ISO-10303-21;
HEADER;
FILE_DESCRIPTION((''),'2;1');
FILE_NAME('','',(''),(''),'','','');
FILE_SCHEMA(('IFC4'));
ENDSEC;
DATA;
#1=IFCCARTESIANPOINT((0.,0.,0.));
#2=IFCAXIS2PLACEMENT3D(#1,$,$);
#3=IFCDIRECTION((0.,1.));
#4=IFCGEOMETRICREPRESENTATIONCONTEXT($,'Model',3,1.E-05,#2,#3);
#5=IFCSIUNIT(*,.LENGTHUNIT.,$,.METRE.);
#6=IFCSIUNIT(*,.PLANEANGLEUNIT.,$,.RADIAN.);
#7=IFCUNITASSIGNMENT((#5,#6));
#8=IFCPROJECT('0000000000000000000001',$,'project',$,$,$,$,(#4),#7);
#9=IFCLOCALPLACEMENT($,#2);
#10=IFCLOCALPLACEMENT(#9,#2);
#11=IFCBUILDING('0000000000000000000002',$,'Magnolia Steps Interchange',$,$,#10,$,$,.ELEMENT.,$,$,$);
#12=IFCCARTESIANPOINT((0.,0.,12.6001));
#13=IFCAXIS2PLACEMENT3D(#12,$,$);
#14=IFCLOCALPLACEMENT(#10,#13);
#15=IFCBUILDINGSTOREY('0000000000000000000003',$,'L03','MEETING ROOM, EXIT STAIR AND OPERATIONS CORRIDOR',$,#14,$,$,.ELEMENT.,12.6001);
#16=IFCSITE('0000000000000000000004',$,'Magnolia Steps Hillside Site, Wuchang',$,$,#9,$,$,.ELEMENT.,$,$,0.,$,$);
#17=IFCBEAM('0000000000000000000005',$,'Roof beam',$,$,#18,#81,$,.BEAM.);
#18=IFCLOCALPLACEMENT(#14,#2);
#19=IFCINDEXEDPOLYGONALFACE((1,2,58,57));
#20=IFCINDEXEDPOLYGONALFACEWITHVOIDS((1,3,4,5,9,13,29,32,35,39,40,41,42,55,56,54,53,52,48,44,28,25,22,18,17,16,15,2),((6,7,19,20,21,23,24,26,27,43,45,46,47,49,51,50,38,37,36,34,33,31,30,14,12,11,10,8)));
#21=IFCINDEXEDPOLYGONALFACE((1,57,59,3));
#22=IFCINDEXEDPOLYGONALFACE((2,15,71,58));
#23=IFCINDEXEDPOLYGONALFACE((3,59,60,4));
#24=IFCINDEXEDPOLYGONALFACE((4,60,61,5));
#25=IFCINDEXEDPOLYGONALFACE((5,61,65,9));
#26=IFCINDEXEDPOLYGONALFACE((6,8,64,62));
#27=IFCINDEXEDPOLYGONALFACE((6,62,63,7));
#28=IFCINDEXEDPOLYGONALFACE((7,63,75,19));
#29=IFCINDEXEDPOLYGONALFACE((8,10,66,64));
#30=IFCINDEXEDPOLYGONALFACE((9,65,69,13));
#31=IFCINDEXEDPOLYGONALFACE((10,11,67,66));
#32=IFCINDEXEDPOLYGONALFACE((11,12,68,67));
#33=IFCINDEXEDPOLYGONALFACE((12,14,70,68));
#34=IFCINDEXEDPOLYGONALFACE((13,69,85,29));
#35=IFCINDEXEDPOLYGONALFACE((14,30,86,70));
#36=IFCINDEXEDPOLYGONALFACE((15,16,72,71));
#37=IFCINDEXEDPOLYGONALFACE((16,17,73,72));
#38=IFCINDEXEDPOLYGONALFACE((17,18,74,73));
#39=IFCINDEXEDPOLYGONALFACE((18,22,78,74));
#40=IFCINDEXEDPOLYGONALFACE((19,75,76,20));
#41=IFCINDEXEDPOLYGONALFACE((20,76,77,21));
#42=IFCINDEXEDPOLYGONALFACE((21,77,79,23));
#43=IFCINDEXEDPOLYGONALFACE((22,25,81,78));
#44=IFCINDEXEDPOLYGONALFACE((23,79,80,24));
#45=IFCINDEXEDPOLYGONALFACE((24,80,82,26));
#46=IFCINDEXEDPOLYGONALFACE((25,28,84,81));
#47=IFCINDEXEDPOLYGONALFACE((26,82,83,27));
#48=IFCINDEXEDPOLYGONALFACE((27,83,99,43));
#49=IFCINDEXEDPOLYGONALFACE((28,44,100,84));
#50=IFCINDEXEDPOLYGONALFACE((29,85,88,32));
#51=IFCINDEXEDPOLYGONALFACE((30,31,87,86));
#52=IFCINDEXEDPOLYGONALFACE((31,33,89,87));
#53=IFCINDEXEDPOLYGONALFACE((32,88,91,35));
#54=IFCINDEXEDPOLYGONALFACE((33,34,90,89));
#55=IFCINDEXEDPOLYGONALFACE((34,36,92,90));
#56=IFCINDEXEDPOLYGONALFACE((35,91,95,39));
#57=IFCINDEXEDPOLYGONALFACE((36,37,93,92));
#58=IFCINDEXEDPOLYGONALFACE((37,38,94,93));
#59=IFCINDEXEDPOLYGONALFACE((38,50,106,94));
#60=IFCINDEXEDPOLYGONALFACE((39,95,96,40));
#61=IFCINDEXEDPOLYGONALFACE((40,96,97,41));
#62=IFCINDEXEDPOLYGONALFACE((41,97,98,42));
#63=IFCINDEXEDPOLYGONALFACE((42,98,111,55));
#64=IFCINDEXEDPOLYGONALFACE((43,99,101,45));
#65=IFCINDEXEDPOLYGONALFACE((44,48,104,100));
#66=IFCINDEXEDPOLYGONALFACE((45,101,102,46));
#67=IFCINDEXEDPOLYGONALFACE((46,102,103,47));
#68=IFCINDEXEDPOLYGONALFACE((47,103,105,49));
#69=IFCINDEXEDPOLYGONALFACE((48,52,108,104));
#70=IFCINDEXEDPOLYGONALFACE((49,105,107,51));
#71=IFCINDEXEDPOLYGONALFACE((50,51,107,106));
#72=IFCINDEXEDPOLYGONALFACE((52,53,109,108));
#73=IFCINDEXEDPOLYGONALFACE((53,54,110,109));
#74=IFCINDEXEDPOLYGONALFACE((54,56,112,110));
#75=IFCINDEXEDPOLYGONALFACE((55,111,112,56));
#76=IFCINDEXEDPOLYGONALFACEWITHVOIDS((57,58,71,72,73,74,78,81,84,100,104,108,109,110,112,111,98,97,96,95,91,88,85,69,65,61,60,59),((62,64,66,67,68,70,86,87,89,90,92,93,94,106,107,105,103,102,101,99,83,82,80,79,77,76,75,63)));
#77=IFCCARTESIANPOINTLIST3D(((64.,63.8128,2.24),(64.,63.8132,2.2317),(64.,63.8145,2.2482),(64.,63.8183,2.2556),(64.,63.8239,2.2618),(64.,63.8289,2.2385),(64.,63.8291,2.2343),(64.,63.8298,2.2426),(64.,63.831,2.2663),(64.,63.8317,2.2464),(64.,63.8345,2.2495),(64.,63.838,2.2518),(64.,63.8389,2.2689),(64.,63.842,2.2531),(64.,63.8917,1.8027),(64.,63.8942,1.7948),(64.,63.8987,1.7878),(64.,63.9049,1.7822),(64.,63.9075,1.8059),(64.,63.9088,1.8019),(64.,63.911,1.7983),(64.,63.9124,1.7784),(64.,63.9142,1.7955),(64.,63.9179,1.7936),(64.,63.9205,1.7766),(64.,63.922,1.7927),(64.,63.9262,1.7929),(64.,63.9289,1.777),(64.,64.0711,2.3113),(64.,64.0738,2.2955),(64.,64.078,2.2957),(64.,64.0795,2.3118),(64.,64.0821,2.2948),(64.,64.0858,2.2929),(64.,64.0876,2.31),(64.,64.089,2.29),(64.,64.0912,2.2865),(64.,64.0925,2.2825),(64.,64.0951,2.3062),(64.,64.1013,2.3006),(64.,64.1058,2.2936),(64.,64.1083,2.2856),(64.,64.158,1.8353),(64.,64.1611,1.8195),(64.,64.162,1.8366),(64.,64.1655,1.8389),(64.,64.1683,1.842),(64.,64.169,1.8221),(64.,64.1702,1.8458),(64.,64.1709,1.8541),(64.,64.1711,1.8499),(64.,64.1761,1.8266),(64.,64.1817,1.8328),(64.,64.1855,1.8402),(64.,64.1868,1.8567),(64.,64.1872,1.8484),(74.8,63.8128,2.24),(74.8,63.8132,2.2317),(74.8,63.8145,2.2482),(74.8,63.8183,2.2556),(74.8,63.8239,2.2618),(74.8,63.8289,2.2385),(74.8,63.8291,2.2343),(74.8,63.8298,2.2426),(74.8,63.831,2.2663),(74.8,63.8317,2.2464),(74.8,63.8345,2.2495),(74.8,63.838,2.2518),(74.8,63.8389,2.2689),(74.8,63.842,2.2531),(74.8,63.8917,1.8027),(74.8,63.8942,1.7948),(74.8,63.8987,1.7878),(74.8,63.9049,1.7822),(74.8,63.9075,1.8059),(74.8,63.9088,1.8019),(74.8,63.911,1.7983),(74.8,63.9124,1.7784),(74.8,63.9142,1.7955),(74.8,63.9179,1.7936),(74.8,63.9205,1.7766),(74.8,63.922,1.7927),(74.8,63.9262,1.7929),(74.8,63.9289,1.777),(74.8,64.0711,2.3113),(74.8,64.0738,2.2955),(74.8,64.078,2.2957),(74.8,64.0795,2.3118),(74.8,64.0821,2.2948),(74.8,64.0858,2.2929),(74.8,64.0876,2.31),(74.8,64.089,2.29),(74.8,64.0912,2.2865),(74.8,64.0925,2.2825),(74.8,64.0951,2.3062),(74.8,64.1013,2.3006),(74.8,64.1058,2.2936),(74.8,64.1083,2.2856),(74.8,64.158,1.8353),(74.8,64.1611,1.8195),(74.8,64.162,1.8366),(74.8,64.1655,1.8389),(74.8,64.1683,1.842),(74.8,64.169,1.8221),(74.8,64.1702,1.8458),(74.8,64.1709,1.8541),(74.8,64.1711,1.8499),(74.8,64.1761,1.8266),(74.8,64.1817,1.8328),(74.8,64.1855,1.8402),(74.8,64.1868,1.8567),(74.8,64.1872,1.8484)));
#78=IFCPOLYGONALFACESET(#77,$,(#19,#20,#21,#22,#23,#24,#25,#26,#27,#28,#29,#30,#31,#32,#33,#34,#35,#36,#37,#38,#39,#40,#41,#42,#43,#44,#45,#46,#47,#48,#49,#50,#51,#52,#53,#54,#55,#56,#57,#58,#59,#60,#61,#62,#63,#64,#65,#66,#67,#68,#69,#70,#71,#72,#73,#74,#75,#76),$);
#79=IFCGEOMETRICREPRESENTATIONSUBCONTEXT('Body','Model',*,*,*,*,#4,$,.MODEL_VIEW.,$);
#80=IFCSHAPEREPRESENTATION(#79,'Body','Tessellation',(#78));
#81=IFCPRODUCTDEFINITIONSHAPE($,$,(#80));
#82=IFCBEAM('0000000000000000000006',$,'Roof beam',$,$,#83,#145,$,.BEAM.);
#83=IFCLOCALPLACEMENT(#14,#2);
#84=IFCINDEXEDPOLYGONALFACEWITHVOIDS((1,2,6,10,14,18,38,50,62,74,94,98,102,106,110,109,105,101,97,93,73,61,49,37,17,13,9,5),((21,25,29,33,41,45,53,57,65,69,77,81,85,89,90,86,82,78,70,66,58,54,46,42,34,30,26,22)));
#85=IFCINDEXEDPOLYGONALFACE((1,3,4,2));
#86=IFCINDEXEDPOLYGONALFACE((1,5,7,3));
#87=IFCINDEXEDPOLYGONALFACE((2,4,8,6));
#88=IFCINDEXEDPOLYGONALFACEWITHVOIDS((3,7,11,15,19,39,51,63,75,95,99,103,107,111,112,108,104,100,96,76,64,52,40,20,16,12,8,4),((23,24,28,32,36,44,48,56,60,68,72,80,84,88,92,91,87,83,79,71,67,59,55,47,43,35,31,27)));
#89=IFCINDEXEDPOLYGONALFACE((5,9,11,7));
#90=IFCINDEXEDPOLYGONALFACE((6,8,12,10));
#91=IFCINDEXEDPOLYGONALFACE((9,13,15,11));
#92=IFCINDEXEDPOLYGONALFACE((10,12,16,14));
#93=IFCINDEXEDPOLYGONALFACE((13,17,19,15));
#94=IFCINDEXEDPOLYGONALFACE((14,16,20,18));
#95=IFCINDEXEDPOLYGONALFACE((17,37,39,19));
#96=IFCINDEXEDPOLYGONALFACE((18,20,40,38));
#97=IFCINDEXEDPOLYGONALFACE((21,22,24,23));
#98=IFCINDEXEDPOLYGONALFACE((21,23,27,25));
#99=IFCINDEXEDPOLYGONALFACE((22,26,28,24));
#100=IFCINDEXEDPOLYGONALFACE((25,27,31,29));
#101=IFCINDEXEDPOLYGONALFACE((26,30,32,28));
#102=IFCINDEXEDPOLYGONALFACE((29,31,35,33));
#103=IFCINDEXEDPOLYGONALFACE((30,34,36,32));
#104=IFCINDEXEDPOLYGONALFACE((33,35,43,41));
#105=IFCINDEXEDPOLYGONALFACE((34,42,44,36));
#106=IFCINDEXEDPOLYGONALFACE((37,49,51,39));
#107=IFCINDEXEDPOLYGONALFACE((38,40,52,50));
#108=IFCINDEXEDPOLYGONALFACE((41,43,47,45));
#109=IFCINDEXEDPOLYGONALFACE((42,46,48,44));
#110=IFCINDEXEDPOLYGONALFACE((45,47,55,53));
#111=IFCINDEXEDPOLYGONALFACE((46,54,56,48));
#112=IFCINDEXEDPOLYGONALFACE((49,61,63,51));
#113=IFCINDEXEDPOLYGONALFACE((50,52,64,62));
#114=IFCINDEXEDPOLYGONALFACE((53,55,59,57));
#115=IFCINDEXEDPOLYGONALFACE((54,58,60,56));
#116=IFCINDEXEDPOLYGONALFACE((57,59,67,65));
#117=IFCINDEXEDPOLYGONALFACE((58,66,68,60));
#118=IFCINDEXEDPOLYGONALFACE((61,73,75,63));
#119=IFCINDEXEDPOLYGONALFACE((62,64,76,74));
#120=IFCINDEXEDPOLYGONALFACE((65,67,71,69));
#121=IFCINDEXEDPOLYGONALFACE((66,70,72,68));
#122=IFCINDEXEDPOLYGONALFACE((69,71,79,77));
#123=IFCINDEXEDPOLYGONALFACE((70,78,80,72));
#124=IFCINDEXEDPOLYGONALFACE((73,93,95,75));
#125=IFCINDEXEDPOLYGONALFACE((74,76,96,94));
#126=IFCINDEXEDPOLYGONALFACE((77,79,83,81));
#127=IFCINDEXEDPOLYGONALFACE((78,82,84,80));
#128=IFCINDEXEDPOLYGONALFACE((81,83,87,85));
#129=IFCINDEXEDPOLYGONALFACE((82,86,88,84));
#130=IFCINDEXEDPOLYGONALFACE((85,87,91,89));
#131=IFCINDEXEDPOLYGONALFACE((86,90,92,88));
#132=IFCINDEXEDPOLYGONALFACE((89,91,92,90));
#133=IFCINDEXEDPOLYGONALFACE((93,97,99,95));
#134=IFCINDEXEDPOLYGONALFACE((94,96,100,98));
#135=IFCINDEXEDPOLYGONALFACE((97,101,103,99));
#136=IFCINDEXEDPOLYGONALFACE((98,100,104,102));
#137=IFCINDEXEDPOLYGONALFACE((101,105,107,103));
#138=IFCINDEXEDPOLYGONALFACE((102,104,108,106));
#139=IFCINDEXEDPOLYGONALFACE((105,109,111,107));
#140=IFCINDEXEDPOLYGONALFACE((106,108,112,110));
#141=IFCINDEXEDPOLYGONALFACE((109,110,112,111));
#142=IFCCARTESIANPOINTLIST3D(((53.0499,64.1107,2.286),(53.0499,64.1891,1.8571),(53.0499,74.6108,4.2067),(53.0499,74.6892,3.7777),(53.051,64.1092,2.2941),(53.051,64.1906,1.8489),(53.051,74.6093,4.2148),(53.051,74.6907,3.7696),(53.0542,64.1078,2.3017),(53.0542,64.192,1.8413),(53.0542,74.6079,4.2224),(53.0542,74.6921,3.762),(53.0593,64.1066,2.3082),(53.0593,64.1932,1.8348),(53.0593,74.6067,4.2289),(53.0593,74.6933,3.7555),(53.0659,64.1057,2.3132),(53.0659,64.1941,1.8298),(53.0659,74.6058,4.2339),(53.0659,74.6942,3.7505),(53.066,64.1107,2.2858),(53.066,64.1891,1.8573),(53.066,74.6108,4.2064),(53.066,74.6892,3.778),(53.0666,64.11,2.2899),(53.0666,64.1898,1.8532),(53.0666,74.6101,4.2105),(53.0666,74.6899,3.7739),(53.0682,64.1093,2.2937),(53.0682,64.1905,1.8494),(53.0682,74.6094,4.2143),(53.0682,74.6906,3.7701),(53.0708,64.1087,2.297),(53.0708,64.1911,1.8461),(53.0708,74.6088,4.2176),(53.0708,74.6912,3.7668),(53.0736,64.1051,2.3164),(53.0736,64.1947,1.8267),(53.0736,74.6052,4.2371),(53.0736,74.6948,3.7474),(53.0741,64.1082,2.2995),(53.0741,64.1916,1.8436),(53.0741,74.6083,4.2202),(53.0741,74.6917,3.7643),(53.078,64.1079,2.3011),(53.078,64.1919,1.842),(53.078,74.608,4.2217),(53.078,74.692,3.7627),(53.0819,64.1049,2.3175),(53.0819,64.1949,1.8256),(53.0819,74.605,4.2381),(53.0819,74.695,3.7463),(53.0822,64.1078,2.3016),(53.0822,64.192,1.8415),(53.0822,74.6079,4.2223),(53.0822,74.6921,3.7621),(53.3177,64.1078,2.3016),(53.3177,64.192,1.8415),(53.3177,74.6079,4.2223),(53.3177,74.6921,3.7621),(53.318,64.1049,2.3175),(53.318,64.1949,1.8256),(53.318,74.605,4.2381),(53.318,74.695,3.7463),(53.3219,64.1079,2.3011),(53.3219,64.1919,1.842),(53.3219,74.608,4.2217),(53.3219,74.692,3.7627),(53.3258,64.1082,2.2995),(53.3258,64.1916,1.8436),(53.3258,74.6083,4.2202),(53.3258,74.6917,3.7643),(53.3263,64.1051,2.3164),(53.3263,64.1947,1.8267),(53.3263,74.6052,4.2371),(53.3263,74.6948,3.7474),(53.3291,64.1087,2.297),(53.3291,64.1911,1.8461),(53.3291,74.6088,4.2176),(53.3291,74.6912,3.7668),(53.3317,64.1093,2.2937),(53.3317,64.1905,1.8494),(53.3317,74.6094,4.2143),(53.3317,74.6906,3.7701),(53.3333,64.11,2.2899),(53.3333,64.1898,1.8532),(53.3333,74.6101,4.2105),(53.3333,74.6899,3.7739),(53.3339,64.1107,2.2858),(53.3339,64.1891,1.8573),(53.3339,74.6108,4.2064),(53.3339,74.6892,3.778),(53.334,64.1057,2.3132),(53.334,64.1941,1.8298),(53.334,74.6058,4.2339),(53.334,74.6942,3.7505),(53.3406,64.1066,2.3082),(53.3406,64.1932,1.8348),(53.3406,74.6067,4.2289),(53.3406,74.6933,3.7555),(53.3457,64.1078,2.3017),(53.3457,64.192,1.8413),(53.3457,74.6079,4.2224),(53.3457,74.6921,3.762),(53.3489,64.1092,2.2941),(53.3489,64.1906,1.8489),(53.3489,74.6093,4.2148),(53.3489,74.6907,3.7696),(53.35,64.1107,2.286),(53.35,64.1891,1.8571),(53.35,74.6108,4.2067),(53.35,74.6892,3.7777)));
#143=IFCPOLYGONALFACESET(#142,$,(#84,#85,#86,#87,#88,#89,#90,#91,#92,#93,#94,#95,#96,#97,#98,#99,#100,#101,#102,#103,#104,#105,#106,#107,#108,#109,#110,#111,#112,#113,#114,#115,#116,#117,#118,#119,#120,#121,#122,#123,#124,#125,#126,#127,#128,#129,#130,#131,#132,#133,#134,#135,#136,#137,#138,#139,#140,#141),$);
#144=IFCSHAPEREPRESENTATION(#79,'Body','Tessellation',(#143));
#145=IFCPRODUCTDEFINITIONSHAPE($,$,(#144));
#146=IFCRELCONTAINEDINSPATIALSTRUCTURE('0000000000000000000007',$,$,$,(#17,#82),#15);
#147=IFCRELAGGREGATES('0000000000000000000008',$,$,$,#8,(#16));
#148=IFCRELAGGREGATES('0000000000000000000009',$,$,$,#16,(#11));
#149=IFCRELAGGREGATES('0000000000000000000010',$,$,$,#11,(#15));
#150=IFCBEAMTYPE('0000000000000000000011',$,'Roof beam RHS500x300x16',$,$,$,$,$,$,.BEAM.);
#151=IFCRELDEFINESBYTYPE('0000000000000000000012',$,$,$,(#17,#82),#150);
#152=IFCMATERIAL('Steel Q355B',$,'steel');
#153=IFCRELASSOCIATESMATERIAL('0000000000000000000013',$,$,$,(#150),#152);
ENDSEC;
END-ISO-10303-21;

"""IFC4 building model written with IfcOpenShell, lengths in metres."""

from ifc_helpers import new_model, si_unit, direction, frame, origin, origin_2d, place, context, subcontext, project, spatial, hollow_rectangle, extrude, material, material_profile, profile_set, type_object, element, save


model = new_model("IFC4")

# Units and contexts
model_context = context("Model", 3, precision=1e-05, world=origin(), true_north=direction((0.0, 1.0)))
body_context = subcontext(model_context, "Body", "Model", "MODEL_VIEW")
ifc_project = project(units=[si_unit("LENGTHUNIT", "METRE"), si_unit("PLANEANGLEUNIT", "RADIAN")], contexts=[model_context])

# Site, building, storey
site_placement = place(None, origin())
site = spatial("IfcSite", under=ifc_project, at=site_placement, Name="Magnolia Steps Hillside Site, Wuchang", CompositionType="ELEMENT", RefElevation=0.0)
building_placement = place(site_placement, origin())
building = spatial("IfcBuilding", under=site, at=building_placement, Name="Magnolia Steps Interchange", CompositionType="ELEMENT")
storey_placement = place(building_placement, frame((0.0, 0.0, 12.6001)))
storey = spatial("IfcBuildingStorey", under=building, at=storey_placement, Name="L03", Description="MEETING ROOM, EXIT STAIR AND OPERATIONS CORRIDOR", CompositionType="ELEMENT", Elevation=12.6001)

# Beams
ifc_material_1 = material(Name="Steel Q355B", Category="steel")
ifc_material_profile_1 = material_profile(ifc_material_1, hollow_rectangle(XDim=0.3, YDim=0.5, WallThickness=0.0161, InnerFilletRadius=0.0161, OuterFilletRadius=0.032, at=origin_2d()), Name="RHS500x300x16")
ifc_profile_set_1 = profile_set([ifc_material_profile_1], Name="Steel Q355B")
beam_type_1 = type_object("IfcBeamType", Name="Roof beam RHS500x300x16", PredefinedType="BEAM", material=ifc_profile_set_1)
for number, where, z_axis, x_axis, name in (
    (1, (64.0, 64.0, 2.0442), (1.0, 0.0, 0.0), (0.0, 0.983677, 0.179941), "Roof beam"),
):
    element("IfcBeam", number, at=place(storey_placement, frame(where, z_axis=z_axis, x_axis=x_axis)), inside=storey, type_object=beam_type_1, Name=name, PredefinedType="BEAM", context=body_context, shape_type="SweptSolid", body=[
        extrude(hollow_rectangle(XDim=0.3, YDim=0.5, WallThickness=0.0161, InnerFilletRadius=0.0161, OuterFilletRadius=0.032, at=origin_2d()), origin(), (0.0, 0.0, 1.0), 10.8),
    ])
for number, where, z_axis, x_axis, name in (
    (2, (53.2, 64.1499, 2.0715), (0.0, 0.983679, 0.179934), (-1.0, 0.0, 0.0), "Roof beam"),
):
    element("IfcBeam", number, at=place(storey_placement, frame(where, z_axis=z_axis, x_axis=x_axis)), inside=storey, type_object=beam_type_1, Name=name, PredefinedType="BEAM", context=body_context, shape_type="SweptSolid", body=[
        extrude(hollow_rectangle(XDim=0.3, YDim=0.5, WallThickness=0.0161, InnerFilletRadius=0.0161, OuterFilletRadius=0.032, at=origin_2d()), origin(), (0.0, 0.0, 1.0), 10.6743),
    ])

save(model, "model.ifc")
